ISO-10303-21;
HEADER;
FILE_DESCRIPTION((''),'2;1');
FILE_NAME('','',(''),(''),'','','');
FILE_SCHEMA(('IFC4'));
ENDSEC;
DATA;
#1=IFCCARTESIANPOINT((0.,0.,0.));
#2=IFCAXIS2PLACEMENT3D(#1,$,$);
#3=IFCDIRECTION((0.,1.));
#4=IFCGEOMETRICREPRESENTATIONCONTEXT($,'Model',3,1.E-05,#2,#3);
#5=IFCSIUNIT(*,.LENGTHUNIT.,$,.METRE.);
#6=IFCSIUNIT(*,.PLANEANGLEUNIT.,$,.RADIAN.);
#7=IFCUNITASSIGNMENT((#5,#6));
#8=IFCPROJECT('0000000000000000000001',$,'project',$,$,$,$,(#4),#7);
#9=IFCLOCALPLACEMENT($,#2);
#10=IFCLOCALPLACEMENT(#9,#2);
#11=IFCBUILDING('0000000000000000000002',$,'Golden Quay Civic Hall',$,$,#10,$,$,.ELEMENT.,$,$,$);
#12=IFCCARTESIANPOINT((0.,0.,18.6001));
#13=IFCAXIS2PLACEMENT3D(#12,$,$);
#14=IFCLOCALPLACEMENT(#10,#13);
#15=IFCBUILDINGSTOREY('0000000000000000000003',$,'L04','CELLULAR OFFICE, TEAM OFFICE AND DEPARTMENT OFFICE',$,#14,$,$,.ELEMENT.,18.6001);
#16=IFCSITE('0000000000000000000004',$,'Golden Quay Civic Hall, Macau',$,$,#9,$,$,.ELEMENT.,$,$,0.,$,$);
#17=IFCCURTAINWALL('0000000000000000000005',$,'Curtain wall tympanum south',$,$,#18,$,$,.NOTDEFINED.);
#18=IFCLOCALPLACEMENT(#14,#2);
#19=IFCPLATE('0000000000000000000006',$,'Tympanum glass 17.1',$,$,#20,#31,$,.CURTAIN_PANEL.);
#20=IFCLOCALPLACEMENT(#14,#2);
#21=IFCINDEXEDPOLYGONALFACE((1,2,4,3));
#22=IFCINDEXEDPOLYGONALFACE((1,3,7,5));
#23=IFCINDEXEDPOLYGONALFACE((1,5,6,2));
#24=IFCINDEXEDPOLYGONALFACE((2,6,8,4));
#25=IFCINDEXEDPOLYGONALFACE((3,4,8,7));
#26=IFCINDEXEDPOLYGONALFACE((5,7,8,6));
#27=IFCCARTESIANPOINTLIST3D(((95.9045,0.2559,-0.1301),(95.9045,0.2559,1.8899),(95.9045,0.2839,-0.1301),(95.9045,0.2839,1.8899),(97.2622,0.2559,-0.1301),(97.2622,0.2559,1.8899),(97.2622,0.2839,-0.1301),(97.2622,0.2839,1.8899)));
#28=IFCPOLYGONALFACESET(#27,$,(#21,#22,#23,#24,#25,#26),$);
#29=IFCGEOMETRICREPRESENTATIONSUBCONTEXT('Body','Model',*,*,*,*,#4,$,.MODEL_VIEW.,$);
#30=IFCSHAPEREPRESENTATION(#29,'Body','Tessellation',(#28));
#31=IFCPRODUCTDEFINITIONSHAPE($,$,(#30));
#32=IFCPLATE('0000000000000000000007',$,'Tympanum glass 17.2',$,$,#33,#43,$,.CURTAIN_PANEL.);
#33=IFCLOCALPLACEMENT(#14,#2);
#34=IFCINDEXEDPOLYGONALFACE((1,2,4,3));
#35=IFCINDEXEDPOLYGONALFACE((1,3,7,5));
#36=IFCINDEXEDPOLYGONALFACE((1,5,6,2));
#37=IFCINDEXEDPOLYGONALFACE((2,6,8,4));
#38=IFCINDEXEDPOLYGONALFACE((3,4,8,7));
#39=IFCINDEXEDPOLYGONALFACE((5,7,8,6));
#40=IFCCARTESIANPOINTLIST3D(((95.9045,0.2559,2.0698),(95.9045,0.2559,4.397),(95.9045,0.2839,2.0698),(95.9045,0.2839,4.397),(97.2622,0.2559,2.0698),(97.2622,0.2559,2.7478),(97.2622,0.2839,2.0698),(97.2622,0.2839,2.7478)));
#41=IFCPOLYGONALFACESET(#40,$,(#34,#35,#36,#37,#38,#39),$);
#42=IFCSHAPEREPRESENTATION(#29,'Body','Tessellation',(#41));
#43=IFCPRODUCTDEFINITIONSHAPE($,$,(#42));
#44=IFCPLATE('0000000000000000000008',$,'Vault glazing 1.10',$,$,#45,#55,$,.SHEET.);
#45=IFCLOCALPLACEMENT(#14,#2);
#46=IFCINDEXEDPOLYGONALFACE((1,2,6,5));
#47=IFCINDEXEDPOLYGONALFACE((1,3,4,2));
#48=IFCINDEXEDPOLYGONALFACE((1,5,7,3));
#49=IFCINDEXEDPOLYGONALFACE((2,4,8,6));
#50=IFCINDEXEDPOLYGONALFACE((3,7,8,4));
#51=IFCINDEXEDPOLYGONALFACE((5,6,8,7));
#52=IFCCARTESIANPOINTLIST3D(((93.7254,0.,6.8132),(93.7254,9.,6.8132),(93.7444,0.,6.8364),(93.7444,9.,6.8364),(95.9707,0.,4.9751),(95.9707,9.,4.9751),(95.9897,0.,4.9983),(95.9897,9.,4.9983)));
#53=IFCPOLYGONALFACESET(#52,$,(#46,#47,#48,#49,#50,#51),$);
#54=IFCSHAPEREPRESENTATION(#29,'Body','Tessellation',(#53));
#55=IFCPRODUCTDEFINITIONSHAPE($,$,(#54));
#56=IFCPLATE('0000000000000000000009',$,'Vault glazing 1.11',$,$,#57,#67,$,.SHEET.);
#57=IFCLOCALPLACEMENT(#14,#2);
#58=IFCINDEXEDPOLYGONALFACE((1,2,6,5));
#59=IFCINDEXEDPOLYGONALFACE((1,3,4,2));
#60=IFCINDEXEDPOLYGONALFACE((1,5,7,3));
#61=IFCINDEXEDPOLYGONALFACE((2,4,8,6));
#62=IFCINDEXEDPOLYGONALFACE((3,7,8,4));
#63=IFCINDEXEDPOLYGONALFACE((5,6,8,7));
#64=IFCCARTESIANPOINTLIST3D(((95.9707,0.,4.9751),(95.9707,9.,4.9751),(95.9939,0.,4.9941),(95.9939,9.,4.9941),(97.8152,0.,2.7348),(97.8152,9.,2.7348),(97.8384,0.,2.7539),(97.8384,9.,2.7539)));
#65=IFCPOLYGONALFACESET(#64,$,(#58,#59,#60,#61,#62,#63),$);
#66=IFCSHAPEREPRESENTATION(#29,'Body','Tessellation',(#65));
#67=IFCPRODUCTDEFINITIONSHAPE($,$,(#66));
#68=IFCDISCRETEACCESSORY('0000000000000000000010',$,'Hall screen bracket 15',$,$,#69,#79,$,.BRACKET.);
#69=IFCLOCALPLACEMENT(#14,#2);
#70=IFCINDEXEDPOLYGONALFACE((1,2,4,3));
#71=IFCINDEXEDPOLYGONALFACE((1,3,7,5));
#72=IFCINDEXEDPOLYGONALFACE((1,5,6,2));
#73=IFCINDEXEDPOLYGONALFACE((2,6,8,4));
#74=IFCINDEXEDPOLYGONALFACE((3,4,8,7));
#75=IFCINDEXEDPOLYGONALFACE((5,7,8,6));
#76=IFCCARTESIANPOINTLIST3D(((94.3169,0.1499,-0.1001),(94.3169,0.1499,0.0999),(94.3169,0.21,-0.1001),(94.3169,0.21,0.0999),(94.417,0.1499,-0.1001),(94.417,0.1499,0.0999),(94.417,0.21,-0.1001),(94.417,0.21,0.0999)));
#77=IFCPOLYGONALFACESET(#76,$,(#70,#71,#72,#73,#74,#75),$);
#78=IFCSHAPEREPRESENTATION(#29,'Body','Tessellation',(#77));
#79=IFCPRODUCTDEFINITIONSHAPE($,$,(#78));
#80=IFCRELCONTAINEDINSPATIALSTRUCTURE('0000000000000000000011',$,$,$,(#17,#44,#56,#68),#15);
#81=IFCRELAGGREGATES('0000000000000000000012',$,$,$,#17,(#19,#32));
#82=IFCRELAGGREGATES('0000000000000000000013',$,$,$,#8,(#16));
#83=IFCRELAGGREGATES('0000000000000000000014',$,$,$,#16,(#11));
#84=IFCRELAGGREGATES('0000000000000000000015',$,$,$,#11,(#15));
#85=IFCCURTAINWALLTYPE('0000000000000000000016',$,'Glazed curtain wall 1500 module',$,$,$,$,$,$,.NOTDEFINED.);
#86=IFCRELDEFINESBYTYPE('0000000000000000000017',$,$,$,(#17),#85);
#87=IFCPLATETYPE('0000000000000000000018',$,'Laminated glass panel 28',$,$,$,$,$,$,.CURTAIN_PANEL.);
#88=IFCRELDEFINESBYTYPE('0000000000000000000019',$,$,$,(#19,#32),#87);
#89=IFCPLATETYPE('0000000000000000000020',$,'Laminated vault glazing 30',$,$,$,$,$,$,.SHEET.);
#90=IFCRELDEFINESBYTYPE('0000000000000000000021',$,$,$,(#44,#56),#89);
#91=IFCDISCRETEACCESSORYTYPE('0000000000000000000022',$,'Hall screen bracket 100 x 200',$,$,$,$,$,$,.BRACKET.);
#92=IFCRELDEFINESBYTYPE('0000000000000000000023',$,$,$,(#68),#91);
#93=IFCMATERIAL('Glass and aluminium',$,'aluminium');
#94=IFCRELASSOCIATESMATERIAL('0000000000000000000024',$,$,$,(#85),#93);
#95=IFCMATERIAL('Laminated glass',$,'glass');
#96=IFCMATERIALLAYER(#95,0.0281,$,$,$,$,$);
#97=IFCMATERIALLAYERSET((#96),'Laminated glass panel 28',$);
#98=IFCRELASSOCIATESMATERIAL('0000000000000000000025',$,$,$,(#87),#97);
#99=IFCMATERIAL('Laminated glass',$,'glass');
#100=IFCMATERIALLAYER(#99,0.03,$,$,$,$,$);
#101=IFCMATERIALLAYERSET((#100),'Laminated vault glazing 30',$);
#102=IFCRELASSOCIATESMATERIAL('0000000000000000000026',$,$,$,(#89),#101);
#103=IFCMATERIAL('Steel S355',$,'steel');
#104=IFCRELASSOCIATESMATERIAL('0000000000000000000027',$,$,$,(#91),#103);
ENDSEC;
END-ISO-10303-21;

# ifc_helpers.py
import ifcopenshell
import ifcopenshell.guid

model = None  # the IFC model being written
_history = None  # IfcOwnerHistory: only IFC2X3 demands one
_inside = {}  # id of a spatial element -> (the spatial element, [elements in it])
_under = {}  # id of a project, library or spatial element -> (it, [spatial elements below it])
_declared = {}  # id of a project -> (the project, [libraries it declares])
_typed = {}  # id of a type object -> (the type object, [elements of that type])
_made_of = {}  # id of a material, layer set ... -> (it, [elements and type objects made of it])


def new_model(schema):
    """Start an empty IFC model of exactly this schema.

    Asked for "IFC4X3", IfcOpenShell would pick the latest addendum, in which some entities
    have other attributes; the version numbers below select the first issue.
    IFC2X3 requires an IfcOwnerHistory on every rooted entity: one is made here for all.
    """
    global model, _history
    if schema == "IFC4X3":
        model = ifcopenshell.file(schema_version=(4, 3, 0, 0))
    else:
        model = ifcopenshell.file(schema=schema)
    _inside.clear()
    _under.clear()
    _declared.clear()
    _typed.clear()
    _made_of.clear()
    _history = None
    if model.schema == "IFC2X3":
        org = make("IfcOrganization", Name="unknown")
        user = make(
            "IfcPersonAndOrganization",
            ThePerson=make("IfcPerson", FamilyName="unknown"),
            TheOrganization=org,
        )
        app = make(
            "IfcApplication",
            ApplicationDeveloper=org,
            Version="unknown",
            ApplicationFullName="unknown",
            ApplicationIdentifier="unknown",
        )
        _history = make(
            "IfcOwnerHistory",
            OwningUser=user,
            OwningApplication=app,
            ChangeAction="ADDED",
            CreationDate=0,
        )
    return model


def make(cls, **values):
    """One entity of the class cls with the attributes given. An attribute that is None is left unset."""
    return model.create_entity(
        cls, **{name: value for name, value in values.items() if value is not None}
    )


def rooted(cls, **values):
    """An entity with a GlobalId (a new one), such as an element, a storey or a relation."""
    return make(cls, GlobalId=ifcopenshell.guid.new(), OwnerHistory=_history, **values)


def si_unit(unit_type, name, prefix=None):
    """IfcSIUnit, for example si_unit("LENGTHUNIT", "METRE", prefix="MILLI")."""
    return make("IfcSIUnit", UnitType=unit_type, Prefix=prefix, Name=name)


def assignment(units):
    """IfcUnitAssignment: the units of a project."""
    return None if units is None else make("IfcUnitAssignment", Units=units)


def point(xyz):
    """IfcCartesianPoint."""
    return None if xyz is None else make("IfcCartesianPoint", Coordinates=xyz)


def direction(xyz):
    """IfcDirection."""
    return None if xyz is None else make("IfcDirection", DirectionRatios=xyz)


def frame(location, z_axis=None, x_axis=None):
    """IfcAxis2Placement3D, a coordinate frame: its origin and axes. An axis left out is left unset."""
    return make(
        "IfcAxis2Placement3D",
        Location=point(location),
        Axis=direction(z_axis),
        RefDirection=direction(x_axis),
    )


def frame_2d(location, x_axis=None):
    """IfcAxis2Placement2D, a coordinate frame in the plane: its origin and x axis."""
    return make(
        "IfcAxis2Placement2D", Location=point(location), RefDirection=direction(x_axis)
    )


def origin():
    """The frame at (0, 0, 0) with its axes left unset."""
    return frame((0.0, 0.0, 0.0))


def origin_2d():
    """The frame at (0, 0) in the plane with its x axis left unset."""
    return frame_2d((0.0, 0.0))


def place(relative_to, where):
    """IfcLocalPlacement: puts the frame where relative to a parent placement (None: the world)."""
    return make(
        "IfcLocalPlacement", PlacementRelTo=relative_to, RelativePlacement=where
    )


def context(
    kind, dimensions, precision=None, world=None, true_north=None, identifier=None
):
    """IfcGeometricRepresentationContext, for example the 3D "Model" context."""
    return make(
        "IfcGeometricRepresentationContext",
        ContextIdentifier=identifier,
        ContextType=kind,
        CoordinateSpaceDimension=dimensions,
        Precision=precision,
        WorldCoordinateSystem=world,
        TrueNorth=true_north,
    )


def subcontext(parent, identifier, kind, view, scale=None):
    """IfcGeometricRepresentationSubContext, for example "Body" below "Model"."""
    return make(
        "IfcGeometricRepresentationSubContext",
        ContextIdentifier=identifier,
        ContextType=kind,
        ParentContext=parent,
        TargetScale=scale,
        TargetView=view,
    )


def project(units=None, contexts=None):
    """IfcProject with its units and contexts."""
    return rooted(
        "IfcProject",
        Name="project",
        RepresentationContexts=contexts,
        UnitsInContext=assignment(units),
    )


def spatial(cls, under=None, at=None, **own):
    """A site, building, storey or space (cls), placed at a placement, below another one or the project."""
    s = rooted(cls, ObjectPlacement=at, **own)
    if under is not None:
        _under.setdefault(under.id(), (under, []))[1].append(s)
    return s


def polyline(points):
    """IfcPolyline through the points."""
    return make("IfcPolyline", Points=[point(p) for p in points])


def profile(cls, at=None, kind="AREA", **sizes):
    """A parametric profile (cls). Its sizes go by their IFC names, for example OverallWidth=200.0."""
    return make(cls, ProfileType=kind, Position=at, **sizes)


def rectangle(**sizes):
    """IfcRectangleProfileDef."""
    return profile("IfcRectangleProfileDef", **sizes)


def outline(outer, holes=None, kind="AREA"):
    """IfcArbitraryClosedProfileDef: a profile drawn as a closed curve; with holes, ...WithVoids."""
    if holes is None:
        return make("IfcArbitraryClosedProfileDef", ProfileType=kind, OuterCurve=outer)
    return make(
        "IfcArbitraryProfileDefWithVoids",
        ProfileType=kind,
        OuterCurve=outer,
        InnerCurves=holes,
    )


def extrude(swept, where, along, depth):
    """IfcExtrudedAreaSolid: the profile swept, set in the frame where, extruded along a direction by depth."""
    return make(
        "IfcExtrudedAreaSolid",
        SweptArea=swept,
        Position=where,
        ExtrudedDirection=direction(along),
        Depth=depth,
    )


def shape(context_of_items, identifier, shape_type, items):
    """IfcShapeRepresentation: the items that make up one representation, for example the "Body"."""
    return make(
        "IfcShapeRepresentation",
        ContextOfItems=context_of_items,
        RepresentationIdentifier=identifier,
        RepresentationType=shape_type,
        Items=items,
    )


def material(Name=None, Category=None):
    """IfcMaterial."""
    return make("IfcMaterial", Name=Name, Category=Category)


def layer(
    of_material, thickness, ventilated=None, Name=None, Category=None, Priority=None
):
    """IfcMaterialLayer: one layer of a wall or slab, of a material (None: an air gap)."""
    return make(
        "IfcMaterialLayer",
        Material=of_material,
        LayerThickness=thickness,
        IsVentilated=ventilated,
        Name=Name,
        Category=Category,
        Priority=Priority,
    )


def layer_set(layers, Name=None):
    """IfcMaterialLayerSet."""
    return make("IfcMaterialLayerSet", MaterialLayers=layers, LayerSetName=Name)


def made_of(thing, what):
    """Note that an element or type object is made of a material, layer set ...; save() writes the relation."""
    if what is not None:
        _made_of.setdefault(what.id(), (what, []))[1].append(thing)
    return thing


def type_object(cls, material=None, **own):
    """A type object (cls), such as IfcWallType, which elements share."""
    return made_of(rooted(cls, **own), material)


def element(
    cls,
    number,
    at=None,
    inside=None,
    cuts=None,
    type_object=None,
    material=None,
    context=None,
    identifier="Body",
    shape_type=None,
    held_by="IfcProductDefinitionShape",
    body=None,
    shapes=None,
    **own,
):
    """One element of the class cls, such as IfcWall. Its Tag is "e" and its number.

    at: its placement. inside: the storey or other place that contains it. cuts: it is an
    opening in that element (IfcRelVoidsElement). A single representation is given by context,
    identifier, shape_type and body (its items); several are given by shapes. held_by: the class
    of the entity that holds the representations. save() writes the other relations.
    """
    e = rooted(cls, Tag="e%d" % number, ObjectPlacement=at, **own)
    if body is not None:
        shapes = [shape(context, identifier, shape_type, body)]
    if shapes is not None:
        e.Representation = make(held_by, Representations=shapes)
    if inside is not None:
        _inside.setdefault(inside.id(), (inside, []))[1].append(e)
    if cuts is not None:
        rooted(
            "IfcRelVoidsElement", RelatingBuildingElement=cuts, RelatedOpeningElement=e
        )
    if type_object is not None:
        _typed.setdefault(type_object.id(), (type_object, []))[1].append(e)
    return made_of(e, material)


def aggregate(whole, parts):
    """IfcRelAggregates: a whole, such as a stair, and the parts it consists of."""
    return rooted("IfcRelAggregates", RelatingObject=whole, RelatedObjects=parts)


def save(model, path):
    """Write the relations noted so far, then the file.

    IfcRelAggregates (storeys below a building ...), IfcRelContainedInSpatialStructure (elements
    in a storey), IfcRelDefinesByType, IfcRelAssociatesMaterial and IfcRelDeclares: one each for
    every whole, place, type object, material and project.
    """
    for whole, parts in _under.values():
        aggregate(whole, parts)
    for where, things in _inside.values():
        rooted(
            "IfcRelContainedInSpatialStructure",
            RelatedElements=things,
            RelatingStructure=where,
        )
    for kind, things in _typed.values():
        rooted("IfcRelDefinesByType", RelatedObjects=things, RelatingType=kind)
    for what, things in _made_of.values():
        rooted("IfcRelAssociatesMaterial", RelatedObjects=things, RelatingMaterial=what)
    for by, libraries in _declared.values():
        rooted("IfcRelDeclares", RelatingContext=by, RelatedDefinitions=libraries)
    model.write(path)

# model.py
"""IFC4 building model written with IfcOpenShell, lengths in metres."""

from ifc_helpers import new_model, si_unit, direction, frame, origin, origin_2d, place, context, subcontext, project, spatial, polyline, rectangle, outline, extrude, material, layer, layer_set, type_object, element, aggregate, save


model = new_model("IFC4")

# Units and contexts
model_context = context("Model", 3, precision=1e-05, world=origin(), true_north=direction((0.0, 1.0)))
body_context = subcontext(model_context, "Body", "Model", "MODEL_VIEW")
ifc_project = project(units=[si_unit("LENGTHUNIT", "METRE"), si_unit("PLANEANGLEUNIT", "RADIAN")], contexts=[model_context])

# Site, building, storey
site_placement = place(None, origin())
site = spatial("IfcSite", under=ifc_project, at=site_placement, Name="Golden Quay Civic Hall, Macau", CompositionType="ELEMENT", RefElevation=0.0)
building_placement = place(site_placement, origin())
building = spatial("IfcBuilding", under=site, at=building_placement, Name="Golden Quay Civic Hall", CompositionType="ELEMENT")
storey_placement = place(building_placement, frame((0.0, 0.0, 18.6001)))
storey = spatial("IfcBuildingStorey", under=building, at=storey_placement, Name="L04", Description="CELLULAR OFFICE, TEAM OFFICE AND DEPARTMENT OFFICE", CompositionType="ELEMENT", Elevation=18.6001)

# Curtain wall
ifc_material_1 = material(Name="Glass and aluminium", Category="aluminium")
curtain_wall_type = type_object("IfcCurtainWallType", Name="Glazed curtain wall 1500 module", PredefinedType="NOTDEFINED", material=ifc_material_1)
curtain_wall_placement = place(storey_placement, origin())
curtain_wall = element("IfcCurtainWall", 1, at=curtain_wall_placement, inside=storey, type_object=curtain_wall_type, Name="Curtain wall tympanum south", PredefinedType="NOTDEFINED")

# Plates
ifc_material_2 = material(Name="Laminated glass", Category="glass")
ifc_layer_1 = layer(ifc_material_2, 0.0281)
ifc_layer_set_1 = layer_set([ifc_layer_1], Name="Laminated glass panel 28")
plate_type_1 = type_object("IfcPlateType", Name="Laminated glass panel 28", PredefinedType="CURTAIN_PANEL", material=ifc_layer_set_1)
plate_1_placement = place(storey_placement, frame((97.2622, 0.2839, -0.1301), z_axis=(0.0, 1.0, 0.0), x_axis=(-1.0, 0.0, 0.0)))
plate_1 = element("IfcPlate", 2, at=plate_1_placement, type_object=plate_type_1, Name="Tympanum glass 17.1", PredefinedType="CURTAIN_PANEL", context=body_context, shape_type="SweptSolid", body=[
    extrude(outline(polyline([(0.0, 0.0), (1.3577, 0.0), (1.3577, 2.02), (0.0, 2.02), (0.0, 0.0)])), origin(), (0.0, 0.0, -1.0), 0.0281),
])
plate_2_placement = place(storey_placement, frame((97.2622, 0.2839, 2.0698), z_axis=(0.0, 1.0, 0.0), x_axis=(-1.0, 0.0, 0.0)))
plate_2 = element("IfcPlate", 3, at=plate_2_placement, type_object=plate_type_1, Name="Tympanum glass 17.2", PredefinedType="CURTAIN_PANEL", context=body_context, shape_type="SweptSolid", body=[
    extrude(outline(polyline([(0.0, 0.0), (1.3577, 0.0), (1.3577, 2.3271), (0.0, 0.678), (0.0, 0.0)])), origin(), (0.0, 0.0, -1.0), 0.0281),
])
aggregate(curtain_wall, [plate_1, plate_2])

# Plates
ifc_material_3 = material(Name="Laminated glass", Category="glass")
ifc_layer_2 = layer(ifc_material_3, 0.03)
ifc_layer_set_2 = layer_set([ifc_layer_2], Name="Laminated vault glazing 30")
plate_type_2 = type_object("IfcPlateType", Name="Laminated vault glazing 30", PredefinedType="SHEET", material=ifc_layer_set_2)
plate_3_placement = place(storey_placement, frame((93.7444, 0.0, 6.8364), z_axis=(0.633449, 0.0, 0.773785), x_axis=(0.773785, 0.0, -0.633449)))
element("IfcPlate", 4, at=plate_3_placement, inside=storey, type_object=plate_type_2, Name="Vault glazing 1.10", PredefinedType="SHEET", context=body_context, shape_type="SweptSolid", body=[
    extrude(outline(polyline([(0.0, 0.0), (2.9018, 0.0), (2.9018, 9.0), (0.0, 9.0), (0.0, 0.0)])), origin(), (0.0, 0.0, -1.0), 0.03),
])
plate_4_placement = place(storey_placement, frame((95.9939, 0.0, 4.9941), z_axis=(0.772001, 0.0, 0.635622), x_axis=(0.635622, 0.0, -0.772001)))
element("IfcPlate", 5, at=plate_4_placement, inside=storey, type_object=plate_type_2, Name="Vault glazing 1.11", PredefinedType="SHEET", context=body_context, shape_type="SweptSolid", body=[
    extrude(outline(polyline([(0.0, 0.0), (2.9019, 0.0), (2.9019, 9.0), (0.0, 9.0), (0.0, 0.0)])), origin(), (0.0, 0.0, -1.0), 0.03),
])

# Discrete accessory
ifc_material_4 = material(Name="Steel S355", Category="steel")
discrete_accessory_type = type_object("IfcDiscreteAccessoryType", Name="Hall screen bracket 100 x 200", PredefinedType="BRACKET", material=ifc_material_4)
discrete_accessory_placement = place(storey_placement, frame((94.3669, 0.1799, -0.1001), z_axis=(0.0, 0.0, 1.0), x_axis=(1.0, 0.0, 0.0)))
element("IfcDiscreteAccessory", 6, at=discrete_accessory_placement, inside=storey, type_object=discrete_accessory_type, Name="Hall screen bracket 15", PredefinedType="BRACKET", context=body_context, shape_type="SweptSolid", body=[
    extrude(rectangle(XDim=0.1001, YDim=0.0601, at=origin_2d()), origin(), (0.0, 0.0, 1.0), 0.2),
])

save(model, "model.ifc")
